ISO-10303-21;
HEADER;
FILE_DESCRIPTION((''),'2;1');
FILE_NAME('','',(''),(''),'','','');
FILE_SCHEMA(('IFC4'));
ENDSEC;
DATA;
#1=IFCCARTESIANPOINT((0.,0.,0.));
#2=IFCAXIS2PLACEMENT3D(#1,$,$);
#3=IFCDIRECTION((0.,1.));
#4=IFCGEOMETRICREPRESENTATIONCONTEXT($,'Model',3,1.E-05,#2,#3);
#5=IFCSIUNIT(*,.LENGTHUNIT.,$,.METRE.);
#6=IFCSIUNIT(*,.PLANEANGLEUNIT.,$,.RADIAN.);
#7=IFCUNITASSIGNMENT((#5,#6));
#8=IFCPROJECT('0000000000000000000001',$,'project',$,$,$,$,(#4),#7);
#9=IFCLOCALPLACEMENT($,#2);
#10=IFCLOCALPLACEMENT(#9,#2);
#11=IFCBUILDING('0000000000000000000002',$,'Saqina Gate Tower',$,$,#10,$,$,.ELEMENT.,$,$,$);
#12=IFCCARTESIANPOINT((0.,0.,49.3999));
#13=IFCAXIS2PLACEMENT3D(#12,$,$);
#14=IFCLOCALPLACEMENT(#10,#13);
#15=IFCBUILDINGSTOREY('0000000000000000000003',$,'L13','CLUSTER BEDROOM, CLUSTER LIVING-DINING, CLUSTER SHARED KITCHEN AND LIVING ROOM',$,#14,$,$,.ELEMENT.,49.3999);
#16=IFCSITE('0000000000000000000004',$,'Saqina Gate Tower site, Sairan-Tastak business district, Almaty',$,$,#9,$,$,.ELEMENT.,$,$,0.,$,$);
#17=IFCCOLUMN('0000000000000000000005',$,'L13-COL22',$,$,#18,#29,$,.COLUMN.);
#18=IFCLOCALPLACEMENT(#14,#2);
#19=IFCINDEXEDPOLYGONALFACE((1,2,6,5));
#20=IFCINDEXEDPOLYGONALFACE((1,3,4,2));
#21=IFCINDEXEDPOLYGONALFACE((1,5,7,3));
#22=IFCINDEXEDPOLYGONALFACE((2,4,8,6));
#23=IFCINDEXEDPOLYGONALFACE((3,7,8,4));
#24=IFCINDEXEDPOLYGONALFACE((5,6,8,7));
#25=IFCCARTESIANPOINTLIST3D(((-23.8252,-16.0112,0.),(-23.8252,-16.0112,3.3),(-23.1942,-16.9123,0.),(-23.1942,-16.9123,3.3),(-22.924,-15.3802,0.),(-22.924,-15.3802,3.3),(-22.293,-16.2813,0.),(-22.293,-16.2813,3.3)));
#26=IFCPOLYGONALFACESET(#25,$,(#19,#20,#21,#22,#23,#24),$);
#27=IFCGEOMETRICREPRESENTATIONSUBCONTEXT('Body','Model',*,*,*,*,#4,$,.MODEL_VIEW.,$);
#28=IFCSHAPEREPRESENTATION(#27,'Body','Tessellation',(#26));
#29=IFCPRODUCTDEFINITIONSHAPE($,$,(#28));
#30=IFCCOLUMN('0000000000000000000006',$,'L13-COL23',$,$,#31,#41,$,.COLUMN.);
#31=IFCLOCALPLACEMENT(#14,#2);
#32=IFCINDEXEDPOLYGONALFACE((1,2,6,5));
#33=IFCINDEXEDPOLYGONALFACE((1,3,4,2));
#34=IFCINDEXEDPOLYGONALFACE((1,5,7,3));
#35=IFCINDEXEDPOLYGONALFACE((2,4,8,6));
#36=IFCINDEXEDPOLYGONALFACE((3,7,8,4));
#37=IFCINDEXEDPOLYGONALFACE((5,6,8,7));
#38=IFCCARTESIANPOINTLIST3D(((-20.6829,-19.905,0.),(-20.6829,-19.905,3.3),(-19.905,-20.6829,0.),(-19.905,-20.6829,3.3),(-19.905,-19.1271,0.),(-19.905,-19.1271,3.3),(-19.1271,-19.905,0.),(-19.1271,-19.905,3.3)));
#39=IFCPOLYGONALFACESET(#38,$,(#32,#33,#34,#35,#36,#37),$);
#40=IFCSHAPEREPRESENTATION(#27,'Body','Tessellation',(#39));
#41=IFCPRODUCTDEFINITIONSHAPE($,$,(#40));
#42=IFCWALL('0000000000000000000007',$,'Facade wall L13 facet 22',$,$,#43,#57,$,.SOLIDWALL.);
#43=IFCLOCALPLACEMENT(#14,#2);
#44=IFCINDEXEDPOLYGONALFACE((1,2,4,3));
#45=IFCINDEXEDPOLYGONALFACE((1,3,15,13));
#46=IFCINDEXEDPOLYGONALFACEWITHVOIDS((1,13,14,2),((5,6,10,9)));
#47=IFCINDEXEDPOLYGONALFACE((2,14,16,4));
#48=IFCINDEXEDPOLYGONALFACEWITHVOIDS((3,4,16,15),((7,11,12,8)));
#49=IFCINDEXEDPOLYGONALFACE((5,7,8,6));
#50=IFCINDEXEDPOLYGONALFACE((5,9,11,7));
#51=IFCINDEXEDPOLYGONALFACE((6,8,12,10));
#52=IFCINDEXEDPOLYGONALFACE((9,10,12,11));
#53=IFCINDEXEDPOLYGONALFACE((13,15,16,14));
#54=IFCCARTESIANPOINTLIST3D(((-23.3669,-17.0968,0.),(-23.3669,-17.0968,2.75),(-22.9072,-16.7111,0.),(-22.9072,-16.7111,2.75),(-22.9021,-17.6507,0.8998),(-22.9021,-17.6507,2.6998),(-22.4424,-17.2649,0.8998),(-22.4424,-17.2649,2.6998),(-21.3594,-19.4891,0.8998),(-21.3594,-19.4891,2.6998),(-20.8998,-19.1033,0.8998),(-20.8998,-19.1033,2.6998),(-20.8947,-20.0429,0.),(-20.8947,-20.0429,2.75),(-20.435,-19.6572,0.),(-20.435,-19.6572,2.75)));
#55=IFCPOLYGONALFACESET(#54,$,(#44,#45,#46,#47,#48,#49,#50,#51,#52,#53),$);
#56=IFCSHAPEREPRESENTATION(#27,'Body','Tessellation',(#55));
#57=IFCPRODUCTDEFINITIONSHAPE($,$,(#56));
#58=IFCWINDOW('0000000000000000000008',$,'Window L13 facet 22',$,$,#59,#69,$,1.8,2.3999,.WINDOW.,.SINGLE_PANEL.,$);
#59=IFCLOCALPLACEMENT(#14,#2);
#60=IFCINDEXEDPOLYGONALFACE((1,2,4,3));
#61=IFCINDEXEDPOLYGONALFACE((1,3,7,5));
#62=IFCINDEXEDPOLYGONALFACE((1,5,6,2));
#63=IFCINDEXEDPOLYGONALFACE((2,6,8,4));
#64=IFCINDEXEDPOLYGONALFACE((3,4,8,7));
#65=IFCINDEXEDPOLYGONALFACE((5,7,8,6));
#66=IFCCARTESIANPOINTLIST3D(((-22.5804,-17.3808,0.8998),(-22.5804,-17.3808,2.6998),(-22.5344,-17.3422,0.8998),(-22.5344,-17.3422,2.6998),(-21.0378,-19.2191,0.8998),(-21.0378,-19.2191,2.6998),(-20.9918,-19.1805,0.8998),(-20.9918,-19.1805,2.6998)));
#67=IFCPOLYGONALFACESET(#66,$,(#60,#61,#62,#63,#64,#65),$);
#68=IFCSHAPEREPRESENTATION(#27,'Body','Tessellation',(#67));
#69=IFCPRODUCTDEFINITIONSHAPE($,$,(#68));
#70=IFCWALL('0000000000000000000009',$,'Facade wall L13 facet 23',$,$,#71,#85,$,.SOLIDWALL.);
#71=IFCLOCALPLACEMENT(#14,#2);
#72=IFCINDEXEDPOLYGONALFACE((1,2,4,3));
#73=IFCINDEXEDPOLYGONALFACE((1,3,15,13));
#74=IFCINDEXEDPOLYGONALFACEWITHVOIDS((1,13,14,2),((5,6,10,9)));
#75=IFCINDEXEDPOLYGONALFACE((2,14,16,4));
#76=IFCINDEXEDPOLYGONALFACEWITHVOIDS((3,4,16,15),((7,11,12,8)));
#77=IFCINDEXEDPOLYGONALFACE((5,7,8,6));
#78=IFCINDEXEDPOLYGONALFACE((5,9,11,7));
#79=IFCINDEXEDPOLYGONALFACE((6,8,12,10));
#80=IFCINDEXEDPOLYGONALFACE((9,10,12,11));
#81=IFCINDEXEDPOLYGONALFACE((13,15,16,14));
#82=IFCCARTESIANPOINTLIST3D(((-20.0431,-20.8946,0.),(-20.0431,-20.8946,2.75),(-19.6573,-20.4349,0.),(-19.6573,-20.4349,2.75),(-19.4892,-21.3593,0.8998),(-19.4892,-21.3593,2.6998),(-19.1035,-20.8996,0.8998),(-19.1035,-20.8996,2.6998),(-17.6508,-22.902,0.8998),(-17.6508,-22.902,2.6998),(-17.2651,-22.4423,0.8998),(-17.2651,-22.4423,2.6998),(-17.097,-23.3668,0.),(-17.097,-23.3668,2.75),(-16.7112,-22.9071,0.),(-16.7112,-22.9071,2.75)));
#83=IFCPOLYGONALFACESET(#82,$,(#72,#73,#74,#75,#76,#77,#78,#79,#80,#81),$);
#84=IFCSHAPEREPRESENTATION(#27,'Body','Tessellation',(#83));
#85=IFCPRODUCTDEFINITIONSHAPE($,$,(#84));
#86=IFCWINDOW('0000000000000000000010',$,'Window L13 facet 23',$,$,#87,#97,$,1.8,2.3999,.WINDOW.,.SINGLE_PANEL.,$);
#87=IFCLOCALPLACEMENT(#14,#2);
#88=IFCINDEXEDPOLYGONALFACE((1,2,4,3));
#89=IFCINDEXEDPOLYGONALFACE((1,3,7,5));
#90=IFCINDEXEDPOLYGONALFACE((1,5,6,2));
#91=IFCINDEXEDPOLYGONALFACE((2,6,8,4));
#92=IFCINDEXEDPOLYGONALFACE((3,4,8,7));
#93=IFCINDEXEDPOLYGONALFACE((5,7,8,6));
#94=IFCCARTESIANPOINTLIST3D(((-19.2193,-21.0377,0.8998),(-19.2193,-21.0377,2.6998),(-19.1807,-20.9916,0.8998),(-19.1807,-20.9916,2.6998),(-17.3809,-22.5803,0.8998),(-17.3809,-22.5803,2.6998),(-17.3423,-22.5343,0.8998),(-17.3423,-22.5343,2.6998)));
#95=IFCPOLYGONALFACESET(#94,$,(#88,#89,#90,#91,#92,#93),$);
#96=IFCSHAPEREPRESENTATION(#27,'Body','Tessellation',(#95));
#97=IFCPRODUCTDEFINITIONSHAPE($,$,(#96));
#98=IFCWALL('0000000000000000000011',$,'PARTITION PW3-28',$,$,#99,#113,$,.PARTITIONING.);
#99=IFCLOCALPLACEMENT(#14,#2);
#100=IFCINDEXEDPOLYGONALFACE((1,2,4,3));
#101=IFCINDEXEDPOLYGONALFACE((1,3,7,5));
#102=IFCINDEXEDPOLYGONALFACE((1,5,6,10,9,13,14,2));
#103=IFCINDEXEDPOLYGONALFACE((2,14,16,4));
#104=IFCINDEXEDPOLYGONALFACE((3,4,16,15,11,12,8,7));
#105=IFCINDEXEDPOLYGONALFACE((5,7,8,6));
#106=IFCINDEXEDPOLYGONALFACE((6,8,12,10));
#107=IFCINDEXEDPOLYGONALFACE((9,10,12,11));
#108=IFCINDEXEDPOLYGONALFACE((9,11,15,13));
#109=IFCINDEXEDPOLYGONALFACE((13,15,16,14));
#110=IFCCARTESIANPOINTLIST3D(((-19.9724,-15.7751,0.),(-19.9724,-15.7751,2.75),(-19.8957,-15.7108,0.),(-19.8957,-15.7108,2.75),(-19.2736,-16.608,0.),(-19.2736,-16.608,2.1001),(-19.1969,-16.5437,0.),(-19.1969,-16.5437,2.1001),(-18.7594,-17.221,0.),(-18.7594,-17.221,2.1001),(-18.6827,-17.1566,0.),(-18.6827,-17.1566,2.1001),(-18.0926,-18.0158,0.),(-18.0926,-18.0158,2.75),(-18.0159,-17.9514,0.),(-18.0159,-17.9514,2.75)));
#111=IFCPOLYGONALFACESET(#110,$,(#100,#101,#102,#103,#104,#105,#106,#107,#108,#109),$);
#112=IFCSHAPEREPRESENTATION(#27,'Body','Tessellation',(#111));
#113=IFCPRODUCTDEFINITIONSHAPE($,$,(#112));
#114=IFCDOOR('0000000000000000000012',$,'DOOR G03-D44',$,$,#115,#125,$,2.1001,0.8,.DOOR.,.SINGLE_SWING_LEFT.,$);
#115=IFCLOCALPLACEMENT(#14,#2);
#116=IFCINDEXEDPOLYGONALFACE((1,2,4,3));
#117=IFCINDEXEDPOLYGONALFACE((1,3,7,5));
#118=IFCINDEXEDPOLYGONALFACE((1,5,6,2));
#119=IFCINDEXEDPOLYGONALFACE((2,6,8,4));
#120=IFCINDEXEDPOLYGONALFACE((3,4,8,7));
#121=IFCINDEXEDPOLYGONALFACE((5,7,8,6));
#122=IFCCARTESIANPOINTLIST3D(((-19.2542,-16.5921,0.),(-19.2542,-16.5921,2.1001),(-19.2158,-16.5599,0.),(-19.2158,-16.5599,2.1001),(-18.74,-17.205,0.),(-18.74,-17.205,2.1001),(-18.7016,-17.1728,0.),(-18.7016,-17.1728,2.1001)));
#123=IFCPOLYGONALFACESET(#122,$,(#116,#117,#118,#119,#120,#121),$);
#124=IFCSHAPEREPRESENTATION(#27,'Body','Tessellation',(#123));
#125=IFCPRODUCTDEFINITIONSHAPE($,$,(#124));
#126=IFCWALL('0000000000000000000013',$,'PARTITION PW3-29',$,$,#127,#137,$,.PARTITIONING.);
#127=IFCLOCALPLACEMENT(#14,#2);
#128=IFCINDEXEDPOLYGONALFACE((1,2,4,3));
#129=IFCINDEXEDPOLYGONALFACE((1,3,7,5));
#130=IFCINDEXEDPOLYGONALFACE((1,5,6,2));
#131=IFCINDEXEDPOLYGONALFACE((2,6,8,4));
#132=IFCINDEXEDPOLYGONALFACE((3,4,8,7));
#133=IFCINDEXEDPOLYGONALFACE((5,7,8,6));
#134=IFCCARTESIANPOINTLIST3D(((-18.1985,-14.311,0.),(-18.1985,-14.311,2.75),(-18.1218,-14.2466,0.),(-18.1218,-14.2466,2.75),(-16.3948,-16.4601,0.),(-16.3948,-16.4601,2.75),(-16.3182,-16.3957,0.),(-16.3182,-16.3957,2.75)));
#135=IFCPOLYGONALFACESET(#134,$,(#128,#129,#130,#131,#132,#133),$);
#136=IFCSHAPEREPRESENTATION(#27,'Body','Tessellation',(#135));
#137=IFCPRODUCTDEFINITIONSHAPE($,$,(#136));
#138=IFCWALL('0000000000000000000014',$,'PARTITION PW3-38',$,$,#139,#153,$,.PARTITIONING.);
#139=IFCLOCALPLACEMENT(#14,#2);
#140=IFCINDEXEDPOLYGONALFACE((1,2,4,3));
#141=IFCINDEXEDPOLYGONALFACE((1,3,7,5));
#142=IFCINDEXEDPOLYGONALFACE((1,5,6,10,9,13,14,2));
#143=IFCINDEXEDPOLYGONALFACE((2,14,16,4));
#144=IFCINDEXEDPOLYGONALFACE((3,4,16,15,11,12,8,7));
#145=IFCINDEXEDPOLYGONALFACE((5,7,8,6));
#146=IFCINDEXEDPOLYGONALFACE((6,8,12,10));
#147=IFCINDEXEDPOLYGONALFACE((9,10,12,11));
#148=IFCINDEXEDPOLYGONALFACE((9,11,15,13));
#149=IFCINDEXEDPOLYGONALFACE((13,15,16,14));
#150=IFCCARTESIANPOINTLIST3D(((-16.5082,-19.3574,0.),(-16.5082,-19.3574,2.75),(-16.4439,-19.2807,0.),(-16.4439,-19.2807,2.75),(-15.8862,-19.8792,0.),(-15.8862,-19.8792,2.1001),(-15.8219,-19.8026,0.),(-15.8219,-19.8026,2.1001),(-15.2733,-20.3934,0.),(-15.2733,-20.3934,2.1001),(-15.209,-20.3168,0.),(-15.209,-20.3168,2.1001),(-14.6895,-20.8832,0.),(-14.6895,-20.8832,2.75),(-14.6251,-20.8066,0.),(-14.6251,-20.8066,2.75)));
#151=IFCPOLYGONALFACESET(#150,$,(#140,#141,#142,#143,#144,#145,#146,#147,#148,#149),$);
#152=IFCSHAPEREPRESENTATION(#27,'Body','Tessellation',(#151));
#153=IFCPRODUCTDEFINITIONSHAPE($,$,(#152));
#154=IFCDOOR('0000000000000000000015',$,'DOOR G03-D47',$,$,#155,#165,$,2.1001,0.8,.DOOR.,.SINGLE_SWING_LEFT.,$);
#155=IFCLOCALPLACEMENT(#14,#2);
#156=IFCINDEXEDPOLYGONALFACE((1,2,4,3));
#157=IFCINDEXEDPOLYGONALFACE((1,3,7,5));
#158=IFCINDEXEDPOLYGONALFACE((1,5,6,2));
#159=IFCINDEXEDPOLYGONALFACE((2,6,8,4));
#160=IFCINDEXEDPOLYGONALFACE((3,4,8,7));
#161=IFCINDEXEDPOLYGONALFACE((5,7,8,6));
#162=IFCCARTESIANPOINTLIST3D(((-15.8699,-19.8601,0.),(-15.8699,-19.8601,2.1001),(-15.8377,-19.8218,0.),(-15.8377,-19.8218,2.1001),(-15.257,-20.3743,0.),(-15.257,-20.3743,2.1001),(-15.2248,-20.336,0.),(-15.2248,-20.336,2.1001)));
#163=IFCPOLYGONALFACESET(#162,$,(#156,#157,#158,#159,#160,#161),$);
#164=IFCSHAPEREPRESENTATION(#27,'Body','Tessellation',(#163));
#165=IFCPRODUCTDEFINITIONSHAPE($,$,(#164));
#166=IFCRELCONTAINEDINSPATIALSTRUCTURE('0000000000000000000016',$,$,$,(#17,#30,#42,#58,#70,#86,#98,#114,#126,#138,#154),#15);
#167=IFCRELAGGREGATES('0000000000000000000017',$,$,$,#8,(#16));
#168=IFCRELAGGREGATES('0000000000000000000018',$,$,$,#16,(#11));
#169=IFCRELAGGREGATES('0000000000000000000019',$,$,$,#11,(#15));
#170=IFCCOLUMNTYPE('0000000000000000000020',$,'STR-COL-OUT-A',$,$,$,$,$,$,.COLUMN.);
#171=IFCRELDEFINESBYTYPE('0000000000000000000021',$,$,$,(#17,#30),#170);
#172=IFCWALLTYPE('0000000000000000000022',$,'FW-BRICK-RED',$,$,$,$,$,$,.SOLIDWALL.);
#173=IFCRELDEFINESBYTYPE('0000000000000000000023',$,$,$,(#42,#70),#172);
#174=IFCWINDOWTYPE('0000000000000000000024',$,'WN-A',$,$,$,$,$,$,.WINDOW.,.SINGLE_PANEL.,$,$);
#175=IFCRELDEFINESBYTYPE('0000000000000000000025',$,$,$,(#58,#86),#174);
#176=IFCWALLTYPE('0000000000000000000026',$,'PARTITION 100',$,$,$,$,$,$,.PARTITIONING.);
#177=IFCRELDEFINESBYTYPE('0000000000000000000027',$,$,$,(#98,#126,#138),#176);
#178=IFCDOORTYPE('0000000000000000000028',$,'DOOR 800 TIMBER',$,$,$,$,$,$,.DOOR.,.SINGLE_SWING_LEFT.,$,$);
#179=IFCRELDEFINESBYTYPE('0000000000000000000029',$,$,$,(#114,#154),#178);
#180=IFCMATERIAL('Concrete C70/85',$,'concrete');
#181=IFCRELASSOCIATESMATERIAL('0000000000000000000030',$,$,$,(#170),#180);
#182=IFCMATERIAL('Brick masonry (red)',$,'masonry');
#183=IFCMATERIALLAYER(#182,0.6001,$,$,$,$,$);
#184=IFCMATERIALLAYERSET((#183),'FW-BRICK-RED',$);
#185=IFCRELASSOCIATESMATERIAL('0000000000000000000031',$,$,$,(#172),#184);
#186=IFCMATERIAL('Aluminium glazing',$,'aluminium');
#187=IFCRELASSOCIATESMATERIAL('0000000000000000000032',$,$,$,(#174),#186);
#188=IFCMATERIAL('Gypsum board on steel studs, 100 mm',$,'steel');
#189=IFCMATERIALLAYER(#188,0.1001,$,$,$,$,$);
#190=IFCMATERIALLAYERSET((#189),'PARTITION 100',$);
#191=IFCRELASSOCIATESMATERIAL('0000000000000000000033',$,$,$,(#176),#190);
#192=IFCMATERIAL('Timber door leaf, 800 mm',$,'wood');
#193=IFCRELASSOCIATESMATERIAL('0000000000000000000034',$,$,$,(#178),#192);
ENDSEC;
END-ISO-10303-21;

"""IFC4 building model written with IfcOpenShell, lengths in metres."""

from ifc_helpers import new_model, si_unit, direction, frame, frame_2d, origin, origin_2d, place, context, subcontext, project, spatial, rectangle, extrude, material, layer, layer_set, material_profile, profile_set, type_object, element, fill, save


model = new_model("IFC4")

# Units and contexts
model_context = context("Model", 3, precision=1e-05, world=origin(), true_north=direction((0.0, 1.0)))
body_context = subcontext(model_context, "Body", "Model", "MODEL_VIEW")
ifc_project = project(units=[si_unit("LENGTHUNIT", "METRE"), si_unit("PLANEANGLEUNIT", "RADIAN")], contexts=[model_context])

# Site, building, storey
site_placement = place(None, origin())
site = spatial("IfcSite", under=ifc_project, at=site_placement, Name="Saqina Gate Tower site, Sairan-Tastak business district, Almaty", CompositionType="ELEMENT", RefElevation=0.0)
building_placement = place(site_placement, origin())
building = spatial("IfcBuilding", under=site, at=building_placement, Name="Saqina Gate Tower", CompositionType="ELEMENT")
storey_placement = place(building_placement, frame((0.0, 0.0, 49.3999)))
storey = spatial("IfcBuildingStorey", under=building, at=storey_placement, Name="L13", Description="CLUSTER BEDROOM, CLUSTER LIVING-DINING, CLUSTER SHARED KITCHEN AND LIVING ROOM", CompositionType="ELEMENT", Elevation=49.3999)

# Columns
ifc_material_1 = material(Name="Concrete C70/85", Category="concrete")
ifc_material_profile = material_profile(ifc_material_1, rectangle(XDim=1.1001, YDim=1.1001, at=origin_2d()), Name="RC 1100x1100")
ifc_profile_set = profile_set([ifc_material_profile], Name="Concrete C70/85")
column_type = type_object("IfcColumnType", Name="STR-COL-OUT-A", PredefinedType="COLUMN", material=ifc_profile_set)
for number, where, z_axis, x_axis, name in (
    (1, (-23.0591, -16.1462, 0.0), (0.0, 0.0, 1.0), (-0.819152, -0.573576, 0.0), "L13-COL22"),
    (2, (-19.905, -19.905, 0.0), (0.0, 0.0, 1.0), (-0.707107, -0.707107, 0.0), "L13-COL23"),
):
    element("IfcColumn", number, at=place(storey_placement, frame(where, z_axis=z_axis, x_axis=x_axis)), inside=storey, type_object=column_type, Name=name, PredefinedType="COLUMN", context=body_context, shape_type="SweptSolid", body=[
        extrude(rectangle(XDim=1.1001, YDim=1.1001, at=origin_2d()), origin(), (0.0, 0.0, 1.0), 3.3),
    ])

# Walls, openings, windows
ifc_material_2 = material(Name="Brick masonry (red)", Category="masonry")
ifc_layer_1 = layer(ifc_material_2, 0.6001)
ifc_layer_set_1 = layer_set([ifc_layer_1], Name="FW-BRICK-RED")
wall_type_1 = type_object("IfcWallType", Name="FW-BRICK-RED", PredefinedType="SOLIDWALL", material=ifc_layer_set_1)
wall_1_placement = place(storey_placement, frame((-23.137, -16.9041, 0.0), z_axis=(0.0, 0.0, 1.0), x_axis=(0.642809, -0.766026, 0.0)))
wall_1 = element("IfcWall", 3, at=wall_1_placement, inside=storey, type_object=wall_type_1, Name="Facade wall L13 facet 22", PredefinedType="SOLIDWALL", context=body_context, shape_type="SweptSolid", body=[
    extrude(rectangle(XDim=3.8459, YDim=0.6001, at=frame_2d((1.9229, 0.0))), origin(), (0.0, 0.0, 1.0), 2.75),
])
opening_1_placement = place(wall_1_placement, frame((0.7229, 0.0, 0.8999)))
opening_1 = element("IfcOpeningElement", 4, at=opening_1_placement, cuts=wall_1, PredefinedType="OPENING", context=body_context, shape_type="SweptSolid", body=[
    extrude(rectangle(XDim=2.3999, YDim=1.8, at=frame_2d((1.2, 0.8999))), frame((0.0, 0.312, 0.0), z_axis=(0.0, -1.0, 0.0), x_axis=(1.0, 0.0, 0.0)), (0.0, 0.0, 1.0), 0.624),
])
ifc_material_3 = material(Name="Aluminium glazing", Category="aluminium")
window_type = type_object("IfcWindowType", Name="WN-A", PartitioningType="SINGLE_PANEL", PredefinedType="WINDOW", material=ifc_material_3)
window_1_placement = place(opening_1_placement, origin())
window_1 = element("IfcWindow", 5, at=window_1_placement, inside=storey, type_object=window_type, Name="Window L13 facet 22", OverallHeight=1.8, OverallWidth=2.3999, PartitioningType="SINGLE_PANEL", PredefinedType="WINDOW", context=body_context, shape_type="SweptSolid", body=[
    extrude(rectangle(XDim=2.3999, YDim=1.8, at=frame_2d((1.2, 0.8999))), frame((0.0, 0.1799, 0.0), z_axis=(0.0, -1.0, 0.0), x_axis=(1.0, 0.0, 0.0)), (0.0, 0.0, 1.0), 0.0601),
])
fill(opening_1, window_1)
wall_2_placement = place(storey_placement, frame((-19.8501, -20.6648, 0.0), z_axis=(0.0, 0.0, 1.0), x_axis=(0.766026, -0.642809, 0.0)))
wall_2 = element("IfcWall", 6, at=wall_2_placement, inside=storey, type_object=wall_type_1, Name="Facade wall L13 facet 23", PredefinedType="SOLIDWALL", context=body_context, shape_type="SweptSolid", body=[
    extrude(rectangle(XDim=3.8459, YDim=0.6001, at=frame_2d((1.9229, 0.0))), origin(), (0.0, 0.0, 1.0), 2.75),
])
opening_2_placement = place(wall_2_placement, frame((0.7229, 0.0, 0.8999)))
opening_2 = element("IfcOpeningElement", 7, at=opening_2_placement, cuts=wall_2, PredefinedType="OPENING", context=body_context, shape_type="SweptSolid", body=[
    extrude(rectangle(XDim=2.3999, YDim=1.8, at=frame_2d((1.2, 0.8999))), frame((0.0, 0.312, 0.0), z_axis=(0.0, -1.0, 0.0), x_axis=(1.0, 0.0, 0.0)), (0.0, 0.0, 1.0), 0.624),
])
window_2_placement = place(opening_2_placement, origin())
window_2 = element("IfcWindow", 8, at=window_2_placement, inside=storey, type_object=window_type, Name="Window L13 facet 23", OverallHeight=1.8, OverallWidth=2.3999, PartitioningType="SINGLE_PANEL", PredefinedType="WINDOW", context=body_context, shape_type="SweptSolid", body=[
    extrude(rectangle(XDim=2.3999, YDim=1.8, at=frame_2d((1.2, 0.8999))), frame((0.0, 0.1799, 0.0), z_axis=(0.0, -1.0, 0.0), x_axis=(1.0, 0.0, 0.0)), (0.0, 0.0, 1.0), 0.0601),
])
fill(opening_2, window_2)

# Wall, opening, door
ifc_material_4 = material(Name="Gypsum board on steel studs, 100 mm", Category="steel")
ifc_layer_2 = layer(ifc_material_4, 0.1001)
ifc_layer_set_2 = layer_set([ifc_layer_2], Name="PARTITION 100")
wall_type_2 = type_object("IfcWallType", Name="PARTITION 100", PredefinedType="PARTITIONING", material=ifc_layer_set_2)
wall_3_placement = place(storey_placement, frame((-19.9341, -15.7429, 0.0), z_axis=(0.0, 0.0, 1.0), x_axis=(0.642726, -0.766096, 0.0)))
wall_3 = element("IfcWall", 9, at=wall_3_placement, inside=storey, type_object=wall_type_2, Name="PARTITION PW3-28", PredefinedType="PARTITIONING", context=body_context, shape_type="SweptSolid", body=[
    extrude(rectangle(XDim=2.9248, YDim=0.1001, at=frame_2d((1.4624, 0.0))), origin(), (0.0, 0.0, 1.0), 2.75),
])
opening_3_placement = place(wall_3_placement, frame((1.0874, 0.0, 0.0)))
opening_3 = element("IfcOpeningElement", 10, at=opening_3_placement, cuts=wall_3, PredefinedType="OPENING", context=body_context, shape_type="SweptSolid", body=[
    extrude(rectangle(XDim=0.8, YDim=2.1001, at=frame_2d((0.3999, 1.05))), frame((0.0, 0.062, 0.0), z_axis=(0.0, -1.0, 0.0), x_axis=(1.0, 0.0, 0.0)), (0.0, 0.0, 1.0), 0.124),
])
ifc_material_5 = material(Name="Timber door leaf, 800 mm", Category="wood")
door_type_1 = type_object("IfcDoorType", Name="DOOR 800 TIMBER", OperationType="SINGLE_SWING_LEFT", PredefinedType="DOOR", material=ifc_material_5)
door_1_placement = place(opening_3_placement, frame((0.8, 0.0, 0.0), z_axis=(0.0, 0.0, 1.0), x_axis=(-1.0, 0.0, 0.0)))
door_1 = element("IfcDoor", 11, at=door_1_placement, inside=storey, type_object=door_type_1, Name="DOOR G03-D44", OperationType="SINGLE_SWING_LEFT", OverallHeight=2.1001, OverallWidth=0.8, PredefinedType="DOOR", context=body_context, shape_type="SweptSolid", body=[
    extrude(rectangle(XDim=0.8, YDim=2.1001, at=frame_2d((0.3999, 1.05))), frame((0.0, 0.0249, 0.0), z_axis=(0.0, -1.0, 0.0), x_axis=(1.0, 0.0, 0.0)), (0.0, 0.0, 1.0), 0.05),
])
fill(opening_3, door_1)

# Wall
wall_4_placement = place(storey_placement, frame((-18.1602, -14.2788, 0.0), z_axis=(0.0, 0.0, 1.0), x_axis=(0.642859, -0.765984, 0.0)))
element("IfcWall", 12, at=wall_4_placement, inside=storey, type_object=wall_type_2, Name="PARTITION PW3-29", PredefinedType="PARTITIONING", context=body_context, shape_type="SweptSolid", body=[
    extrude(rectangle(XDim=2.8057, YDim=0.1001, at=frame_2d((1.4028, 0.0))), origin(), (0.0, 0.0, 1.0), 2.75),
])

# Wall, opening, door
wall_5_placement = place(storey_placement, frame((-16.4761, -19.3191, 0.0), z_axis=(0.0, 0.0, 1.0), x_axis=(0.76611, -0.64271, 0.0)))
wall_5 = element("IfcWall", 13, at=wall_5_placement, inside=storey, type_object=wall_type_2, Name="PARTITION PW3-38", PredefinedType="PARTITIONING", context=body_context, shape_type="SweptSolid", body=[
    extrude(rectangle(XDim=2.374, YDim=0.1001, at=frame_2d((1.187, 0.0))), origin(), (0.0, 0.0, 1.0), 2.75),
])
opening_4_placement = place(wall_5_placement, frame((0.812, 0.0, 0.0)))
opening_4 = element("IfcOpeningElement", 14, at=opening_4_placement, cuts=wall_5, PredefinedType="OPENING", context=body_context, shape_type="SweptSolid", body=[
    extrude(rectangle(XDim=0.8, YDim=2.1001, at=frame_2d((0.3999, 1.05))), frame((0.0, 0.062, 0.0), z_axis=(0.0, -1.0, 0.0), x_axis=(1.0, 0.0, 0.0)), (0.0, 0.0, 1.0), 0.124),
])
door_2_placement = place(opening_4_placement, frame((0.8, 0.0, 0.0), z_axis=(0.0, 0.0, 1.0), x_axis=(-1.0, 0.0, 0.0)))
door_2 = element("IfcDoor", 15, at=door_2_placement, inside=storey, type_object=door_type_1, Name="DOOR G03-D47", OperationType="SINGLE_SWING_LEFT", OverallHeight=2.1001, OverallWidth=0.8, PredefinedType="DOOR", context=body_context, shape_type="SweptSolid", body=[
    extrude(rectangle(XDim=0.8, YDim=2.1001, at=frame_2d((0.3999, 1.05))), frame((0.0, 0.0249, 0.0), z_axis=(0.0, -1.0, 0.0), x_axis=(1.0, 0.0, 0.0)), (0.0, 0.0, 1.0), 0.05),
])
fill(opening_4, door_2)

save(model, "model.ifc")
